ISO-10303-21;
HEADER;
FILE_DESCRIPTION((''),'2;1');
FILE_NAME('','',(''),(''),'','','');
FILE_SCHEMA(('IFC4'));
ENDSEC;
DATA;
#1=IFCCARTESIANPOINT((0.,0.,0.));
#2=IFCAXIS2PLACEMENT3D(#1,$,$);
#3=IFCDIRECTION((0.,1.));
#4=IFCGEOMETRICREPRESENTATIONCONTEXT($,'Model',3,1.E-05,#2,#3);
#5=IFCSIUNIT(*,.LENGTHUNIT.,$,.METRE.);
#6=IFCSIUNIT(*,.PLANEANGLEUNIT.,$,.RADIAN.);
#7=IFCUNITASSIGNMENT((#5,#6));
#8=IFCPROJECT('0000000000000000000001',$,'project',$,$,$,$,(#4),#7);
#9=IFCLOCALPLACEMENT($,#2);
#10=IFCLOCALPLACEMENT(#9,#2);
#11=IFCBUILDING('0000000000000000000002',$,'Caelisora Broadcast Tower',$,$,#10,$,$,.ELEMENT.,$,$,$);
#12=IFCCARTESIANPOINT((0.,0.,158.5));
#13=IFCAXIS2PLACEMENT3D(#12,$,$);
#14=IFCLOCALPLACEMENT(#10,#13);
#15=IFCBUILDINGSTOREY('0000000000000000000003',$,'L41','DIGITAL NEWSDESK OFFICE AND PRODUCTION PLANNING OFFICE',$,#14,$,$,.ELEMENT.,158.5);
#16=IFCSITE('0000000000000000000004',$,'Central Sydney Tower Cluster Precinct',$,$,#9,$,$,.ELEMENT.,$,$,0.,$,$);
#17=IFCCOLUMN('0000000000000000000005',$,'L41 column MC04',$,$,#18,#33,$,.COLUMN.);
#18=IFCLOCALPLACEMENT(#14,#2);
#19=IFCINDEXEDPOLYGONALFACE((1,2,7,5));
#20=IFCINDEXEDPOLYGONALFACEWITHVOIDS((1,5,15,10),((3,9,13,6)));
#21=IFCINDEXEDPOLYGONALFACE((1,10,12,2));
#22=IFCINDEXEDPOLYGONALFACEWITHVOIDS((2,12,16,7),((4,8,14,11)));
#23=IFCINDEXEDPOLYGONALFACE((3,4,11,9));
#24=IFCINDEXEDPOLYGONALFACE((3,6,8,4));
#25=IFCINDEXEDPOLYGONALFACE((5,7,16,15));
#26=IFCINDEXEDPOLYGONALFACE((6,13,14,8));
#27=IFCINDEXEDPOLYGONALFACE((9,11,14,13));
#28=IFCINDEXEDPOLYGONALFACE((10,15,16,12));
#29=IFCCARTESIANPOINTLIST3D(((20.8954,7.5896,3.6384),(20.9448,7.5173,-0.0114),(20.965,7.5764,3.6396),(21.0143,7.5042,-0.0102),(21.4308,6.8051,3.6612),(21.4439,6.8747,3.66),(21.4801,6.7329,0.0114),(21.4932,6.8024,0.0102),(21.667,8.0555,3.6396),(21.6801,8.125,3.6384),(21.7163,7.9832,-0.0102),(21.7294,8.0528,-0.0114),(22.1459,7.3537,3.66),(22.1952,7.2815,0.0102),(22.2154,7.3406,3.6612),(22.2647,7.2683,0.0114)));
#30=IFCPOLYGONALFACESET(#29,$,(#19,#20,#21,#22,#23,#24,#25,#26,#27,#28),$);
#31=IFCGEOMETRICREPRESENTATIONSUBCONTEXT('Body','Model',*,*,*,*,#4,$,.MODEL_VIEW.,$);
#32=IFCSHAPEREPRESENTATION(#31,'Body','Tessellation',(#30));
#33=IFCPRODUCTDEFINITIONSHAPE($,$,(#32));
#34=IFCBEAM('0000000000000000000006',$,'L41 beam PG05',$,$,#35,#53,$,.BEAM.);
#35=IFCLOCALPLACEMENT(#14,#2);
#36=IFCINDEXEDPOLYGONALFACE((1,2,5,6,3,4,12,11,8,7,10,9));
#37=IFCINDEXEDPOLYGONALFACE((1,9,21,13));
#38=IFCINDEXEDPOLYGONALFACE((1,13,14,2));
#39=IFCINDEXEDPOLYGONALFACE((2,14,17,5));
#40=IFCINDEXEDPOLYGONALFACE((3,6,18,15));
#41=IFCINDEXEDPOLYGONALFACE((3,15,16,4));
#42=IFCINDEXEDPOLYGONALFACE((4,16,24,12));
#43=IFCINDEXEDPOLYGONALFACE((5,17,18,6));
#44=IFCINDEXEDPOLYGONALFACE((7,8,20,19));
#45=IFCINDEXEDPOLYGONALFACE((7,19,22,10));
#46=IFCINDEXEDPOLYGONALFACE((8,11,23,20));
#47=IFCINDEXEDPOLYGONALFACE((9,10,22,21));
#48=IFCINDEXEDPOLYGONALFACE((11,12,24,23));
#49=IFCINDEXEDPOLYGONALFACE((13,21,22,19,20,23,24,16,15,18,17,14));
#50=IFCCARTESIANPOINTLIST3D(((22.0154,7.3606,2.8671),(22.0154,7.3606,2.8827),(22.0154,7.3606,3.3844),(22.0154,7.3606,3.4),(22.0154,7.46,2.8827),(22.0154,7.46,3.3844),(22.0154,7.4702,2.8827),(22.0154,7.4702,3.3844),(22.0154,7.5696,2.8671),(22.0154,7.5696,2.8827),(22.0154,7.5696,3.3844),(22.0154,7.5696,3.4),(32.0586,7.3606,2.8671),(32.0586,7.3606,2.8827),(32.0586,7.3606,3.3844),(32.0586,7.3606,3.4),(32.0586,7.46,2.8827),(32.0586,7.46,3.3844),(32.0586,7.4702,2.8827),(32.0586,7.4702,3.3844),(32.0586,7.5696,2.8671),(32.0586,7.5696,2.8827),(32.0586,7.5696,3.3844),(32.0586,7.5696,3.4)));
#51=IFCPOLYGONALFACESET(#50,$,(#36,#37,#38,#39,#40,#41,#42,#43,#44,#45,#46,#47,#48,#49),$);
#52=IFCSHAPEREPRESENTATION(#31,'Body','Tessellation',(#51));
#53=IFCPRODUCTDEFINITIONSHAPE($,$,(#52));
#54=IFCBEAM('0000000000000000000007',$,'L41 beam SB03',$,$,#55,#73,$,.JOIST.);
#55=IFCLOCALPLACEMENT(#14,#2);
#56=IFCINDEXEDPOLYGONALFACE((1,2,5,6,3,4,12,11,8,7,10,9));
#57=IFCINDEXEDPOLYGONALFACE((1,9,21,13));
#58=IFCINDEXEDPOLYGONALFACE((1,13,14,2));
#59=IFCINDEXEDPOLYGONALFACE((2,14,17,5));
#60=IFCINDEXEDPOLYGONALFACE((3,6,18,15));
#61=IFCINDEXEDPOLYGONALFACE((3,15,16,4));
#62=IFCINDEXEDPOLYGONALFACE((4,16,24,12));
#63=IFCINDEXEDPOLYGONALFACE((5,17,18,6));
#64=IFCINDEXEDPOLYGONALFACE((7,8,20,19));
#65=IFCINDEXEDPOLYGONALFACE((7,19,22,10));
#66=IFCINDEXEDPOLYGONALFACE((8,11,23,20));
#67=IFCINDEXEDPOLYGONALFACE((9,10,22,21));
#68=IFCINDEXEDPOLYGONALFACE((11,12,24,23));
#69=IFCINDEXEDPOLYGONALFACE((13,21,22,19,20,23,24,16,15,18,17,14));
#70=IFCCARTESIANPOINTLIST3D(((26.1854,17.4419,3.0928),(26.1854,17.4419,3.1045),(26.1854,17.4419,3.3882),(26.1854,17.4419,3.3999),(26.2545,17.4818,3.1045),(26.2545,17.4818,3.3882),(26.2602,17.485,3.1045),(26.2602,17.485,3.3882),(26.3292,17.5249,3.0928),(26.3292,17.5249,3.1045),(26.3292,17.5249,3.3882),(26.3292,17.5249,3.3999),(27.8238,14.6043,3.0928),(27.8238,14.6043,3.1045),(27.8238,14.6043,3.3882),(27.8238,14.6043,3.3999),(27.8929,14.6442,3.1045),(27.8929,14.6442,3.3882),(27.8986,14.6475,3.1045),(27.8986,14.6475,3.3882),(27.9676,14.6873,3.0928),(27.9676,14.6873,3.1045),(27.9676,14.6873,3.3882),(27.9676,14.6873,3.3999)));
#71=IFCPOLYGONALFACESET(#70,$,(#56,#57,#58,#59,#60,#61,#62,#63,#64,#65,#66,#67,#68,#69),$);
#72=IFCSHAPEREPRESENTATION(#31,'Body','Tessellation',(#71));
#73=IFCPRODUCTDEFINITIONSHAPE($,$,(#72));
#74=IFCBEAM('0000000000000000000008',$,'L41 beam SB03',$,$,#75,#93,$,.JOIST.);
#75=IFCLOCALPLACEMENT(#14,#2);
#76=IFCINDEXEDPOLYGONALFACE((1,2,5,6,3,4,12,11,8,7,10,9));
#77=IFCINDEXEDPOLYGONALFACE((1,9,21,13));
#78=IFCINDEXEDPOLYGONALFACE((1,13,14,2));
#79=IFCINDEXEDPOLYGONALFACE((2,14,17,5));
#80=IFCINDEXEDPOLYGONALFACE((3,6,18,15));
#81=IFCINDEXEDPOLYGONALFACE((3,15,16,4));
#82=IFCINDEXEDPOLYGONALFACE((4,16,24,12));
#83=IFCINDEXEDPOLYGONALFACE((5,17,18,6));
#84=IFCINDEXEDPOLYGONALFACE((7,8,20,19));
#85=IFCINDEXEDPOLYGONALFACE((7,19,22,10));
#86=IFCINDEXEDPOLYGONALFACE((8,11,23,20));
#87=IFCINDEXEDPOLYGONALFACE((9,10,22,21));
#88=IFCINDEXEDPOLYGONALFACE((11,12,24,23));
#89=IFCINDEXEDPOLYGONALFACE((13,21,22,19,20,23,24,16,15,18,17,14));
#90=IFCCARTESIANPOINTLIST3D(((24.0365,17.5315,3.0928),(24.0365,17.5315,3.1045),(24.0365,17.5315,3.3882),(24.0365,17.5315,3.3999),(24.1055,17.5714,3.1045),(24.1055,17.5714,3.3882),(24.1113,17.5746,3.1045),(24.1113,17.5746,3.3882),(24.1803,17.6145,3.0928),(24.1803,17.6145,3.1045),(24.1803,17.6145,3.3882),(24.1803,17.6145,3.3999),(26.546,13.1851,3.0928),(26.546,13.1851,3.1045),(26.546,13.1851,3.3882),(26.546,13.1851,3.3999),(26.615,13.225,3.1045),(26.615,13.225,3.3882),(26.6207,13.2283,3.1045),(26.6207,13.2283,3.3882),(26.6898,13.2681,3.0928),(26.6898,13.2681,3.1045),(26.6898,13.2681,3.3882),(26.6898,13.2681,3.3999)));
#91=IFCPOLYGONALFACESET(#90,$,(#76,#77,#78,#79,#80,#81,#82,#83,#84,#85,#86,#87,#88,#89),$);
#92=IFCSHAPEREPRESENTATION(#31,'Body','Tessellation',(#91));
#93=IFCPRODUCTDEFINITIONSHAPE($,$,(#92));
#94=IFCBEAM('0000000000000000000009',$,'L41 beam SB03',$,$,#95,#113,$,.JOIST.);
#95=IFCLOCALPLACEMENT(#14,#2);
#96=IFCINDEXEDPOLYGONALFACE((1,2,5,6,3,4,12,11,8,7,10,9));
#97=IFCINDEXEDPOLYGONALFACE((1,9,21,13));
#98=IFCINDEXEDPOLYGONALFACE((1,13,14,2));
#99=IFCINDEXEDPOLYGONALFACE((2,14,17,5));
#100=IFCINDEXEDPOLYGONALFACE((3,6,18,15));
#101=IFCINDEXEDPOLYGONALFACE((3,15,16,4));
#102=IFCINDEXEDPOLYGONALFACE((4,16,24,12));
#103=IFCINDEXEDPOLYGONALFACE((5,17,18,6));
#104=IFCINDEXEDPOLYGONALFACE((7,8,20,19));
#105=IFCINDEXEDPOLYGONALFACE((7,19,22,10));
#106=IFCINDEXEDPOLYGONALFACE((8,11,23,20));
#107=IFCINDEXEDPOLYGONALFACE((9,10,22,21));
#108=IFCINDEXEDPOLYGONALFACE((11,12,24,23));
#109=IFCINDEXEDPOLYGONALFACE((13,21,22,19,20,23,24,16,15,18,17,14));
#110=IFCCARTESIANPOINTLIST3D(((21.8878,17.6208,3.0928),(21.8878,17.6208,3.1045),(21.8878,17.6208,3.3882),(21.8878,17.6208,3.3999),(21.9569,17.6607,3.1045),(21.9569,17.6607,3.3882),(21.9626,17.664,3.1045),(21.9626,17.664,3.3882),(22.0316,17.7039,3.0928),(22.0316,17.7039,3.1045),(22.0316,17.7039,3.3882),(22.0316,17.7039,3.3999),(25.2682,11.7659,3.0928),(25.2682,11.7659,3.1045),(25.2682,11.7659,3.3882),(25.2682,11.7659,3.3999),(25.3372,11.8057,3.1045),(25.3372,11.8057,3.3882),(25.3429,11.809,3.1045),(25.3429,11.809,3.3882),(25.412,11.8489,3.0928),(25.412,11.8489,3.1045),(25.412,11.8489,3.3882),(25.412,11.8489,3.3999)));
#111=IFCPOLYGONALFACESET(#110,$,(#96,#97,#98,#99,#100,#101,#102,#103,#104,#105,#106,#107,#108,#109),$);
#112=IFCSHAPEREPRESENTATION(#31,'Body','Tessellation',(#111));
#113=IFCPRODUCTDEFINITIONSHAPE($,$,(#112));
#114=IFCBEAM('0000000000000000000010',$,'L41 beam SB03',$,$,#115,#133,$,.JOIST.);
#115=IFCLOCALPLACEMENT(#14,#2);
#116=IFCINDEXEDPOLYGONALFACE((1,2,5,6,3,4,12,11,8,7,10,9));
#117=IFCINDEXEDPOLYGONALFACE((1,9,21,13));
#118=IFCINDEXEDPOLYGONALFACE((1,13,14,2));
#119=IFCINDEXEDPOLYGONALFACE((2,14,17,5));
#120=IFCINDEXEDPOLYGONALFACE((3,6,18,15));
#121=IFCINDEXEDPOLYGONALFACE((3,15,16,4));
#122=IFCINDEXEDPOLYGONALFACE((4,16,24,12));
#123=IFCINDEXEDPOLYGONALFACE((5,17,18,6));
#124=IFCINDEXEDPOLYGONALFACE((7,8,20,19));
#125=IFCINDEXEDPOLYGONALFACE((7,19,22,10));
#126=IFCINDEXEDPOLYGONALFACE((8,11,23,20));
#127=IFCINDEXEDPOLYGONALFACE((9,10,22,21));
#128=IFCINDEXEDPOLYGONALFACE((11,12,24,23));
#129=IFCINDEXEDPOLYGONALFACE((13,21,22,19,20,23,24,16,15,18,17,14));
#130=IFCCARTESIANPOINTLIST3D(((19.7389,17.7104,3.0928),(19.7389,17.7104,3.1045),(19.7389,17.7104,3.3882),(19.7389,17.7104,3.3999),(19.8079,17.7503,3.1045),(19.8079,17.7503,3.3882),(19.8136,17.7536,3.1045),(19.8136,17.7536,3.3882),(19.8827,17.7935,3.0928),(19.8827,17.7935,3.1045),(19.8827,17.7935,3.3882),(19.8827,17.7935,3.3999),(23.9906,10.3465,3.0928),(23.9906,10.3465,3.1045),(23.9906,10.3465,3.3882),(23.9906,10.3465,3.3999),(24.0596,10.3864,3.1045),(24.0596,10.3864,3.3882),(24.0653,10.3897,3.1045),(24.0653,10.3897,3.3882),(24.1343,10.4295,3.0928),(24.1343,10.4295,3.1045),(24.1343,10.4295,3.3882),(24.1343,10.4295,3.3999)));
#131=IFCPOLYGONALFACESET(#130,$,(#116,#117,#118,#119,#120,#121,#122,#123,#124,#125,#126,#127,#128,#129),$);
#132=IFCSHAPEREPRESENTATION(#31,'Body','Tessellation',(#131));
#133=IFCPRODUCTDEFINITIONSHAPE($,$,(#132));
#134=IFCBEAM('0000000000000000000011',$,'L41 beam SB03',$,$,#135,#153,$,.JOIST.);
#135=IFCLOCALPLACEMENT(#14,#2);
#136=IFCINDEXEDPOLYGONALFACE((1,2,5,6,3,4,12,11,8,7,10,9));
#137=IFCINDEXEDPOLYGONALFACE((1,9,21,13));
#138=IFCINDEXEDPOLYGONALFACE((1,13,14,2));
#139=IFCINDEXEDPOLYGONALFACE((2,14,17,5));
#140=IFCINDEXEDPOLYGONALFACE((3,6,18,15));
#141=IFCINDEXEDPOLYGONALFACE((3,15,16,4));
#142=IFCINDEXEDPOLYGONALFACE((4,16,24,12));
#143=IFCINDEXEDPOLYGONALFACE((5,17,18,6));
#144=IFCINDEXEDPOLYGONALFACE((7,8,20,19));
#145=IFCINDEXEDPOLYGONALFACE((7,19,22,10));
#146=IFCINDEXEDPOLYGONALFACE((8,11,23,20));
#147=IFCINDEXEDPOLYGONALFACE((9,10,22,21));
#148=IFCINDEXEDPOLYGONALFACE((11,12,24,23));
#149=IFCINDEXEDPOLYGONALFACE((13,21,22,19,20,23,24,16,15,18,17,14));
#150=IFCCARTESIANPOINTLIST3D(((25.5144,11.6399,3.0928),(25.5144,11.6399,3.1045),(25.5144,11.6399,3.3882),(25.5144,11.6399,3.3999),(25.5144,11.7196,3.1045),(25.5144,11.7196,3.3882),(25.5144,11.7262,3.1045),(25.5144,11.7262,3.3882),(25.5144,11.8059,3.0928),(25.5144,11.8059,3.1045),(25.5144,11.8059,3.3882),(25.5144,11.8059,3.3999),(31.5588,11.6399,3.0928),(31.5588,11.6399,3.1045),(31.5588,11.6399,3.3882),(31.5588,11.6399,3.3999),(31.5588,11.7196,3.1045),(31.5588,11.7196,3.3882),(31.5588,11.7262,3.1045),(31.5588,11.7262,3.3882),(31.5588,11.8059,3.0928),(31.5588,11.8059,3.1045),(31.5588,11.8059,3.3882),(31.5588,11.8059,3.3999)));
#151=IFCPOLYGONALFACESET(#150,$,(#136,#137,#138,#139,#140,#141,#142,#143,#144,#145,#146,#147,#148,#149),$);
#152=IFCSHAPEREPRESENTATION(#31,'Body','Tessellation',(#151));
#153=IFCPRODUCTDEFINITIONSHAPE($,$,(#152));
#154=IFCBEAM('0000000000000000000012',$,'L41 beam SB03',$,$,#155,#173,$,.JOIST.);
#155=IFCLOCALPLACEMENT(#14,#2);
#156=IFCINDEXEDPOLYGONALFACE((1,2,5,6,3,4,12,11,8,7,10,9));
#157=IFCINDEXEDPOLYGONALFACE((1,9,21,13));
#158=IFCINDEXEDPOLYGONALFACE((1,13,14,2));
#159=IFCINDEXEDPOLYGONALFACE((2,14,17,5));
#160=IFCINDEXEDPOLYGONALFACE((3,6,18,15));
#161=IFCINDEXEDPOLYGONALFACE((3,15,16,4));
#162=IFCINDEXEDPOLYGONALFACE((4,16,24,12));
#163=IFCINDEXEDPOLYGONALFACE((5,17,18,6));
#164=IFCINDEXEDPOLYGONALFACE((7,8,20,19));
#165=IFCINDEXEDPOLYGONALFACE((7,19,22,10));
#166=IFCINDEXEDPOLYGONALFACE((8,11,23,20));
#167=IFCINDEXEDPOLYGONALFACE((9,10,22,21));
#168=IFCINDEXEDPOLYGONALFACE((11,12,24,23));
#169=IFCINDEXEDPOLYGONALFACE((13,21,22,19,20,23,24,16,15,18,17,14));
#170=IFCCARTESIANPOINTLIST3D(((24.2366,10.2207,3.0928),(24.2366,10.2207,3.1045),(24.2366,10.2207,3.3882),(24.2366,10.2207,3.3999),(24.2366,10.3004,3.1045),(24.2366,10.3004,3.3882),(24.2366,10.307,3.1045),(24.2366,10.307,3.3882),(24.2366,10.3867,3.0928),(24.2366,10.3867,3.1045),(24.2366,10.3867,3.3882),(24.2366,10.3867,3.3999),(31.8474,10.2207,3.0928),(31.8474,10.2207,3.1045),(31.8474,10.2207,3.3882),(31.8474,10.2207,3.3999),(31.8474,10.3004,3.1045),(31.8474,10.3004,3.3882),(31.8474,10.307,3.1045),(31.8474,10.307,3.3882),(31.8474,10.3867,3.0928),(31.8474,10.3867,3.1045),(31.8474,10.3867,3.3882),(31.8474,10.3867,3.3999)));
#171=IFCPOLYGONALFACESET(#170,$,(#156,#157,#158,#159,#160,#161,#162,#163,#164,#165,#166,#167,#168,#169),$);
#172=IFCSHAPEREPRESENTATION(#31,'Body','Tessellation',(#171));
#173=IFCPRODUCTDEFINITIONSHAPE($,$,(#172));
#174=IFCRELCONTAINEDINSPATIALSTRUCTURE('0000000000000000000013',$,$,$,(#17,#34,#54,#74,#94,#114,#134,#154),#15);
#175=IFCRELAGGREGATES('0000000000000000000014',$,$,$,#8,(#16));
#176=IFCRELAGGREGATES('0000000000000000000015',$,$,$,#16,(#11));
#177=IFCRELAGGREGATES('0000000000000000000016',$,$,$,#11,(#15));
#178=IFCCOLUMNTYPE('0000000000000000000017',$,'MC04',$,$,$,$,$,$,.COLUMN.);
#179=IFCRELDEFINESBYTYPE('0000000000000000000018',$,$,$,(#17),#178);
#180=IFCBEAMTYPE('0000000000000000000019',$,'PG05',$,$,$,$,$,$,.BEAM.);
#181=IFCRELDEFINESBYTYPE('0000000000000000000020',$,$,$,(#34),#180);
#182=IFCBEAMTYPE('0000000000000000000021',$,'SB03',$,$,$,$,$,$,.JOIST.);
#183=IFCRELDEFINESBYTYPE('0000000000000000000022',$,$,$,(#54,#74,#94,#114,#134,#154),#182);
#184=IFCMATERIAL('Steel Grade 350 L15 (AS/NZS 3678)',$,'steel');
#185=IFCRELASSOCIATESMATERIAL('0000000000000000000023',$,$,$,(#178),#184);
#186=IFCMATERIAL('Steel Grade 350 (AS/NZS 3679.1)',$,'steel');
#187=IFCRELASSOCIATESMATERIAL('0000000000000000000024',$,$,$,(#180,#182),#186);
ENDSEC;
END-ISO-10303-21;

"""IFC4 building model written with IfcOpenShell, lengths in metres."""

from ifc_helpers import new_model, si_unit, direction, frame, origin, origin_2d, place, context, subcontext, project, spatial, hollow_rectangle, i_section, extrude, source, transform, mapped, material, material_profile, profile_set, type_object, type_shapes, element, save


model = new_model("IFC4")

# Units and contexts
model_context = context("Model", 3, precision=1e-05, world=origin(), true_north=direction((0.0, 1.0)))
body_context = subcontext(model_context, "Body", "Model", "MODEL_VIEW")
ifc_project = project(units=[si_unit("LENGTHUNIT", "METRE"), si_unit("PLANEANGLEUNIT", "RADIAN")], contexts=[model_context])

# Site, building, storey
site_placement = place(None, origin())
site = spatial("IfcSite", under=ifc_project, at=site_placement, Name="Central Sydney Tower Cluster Precinct", CompositionType="ELEMENT", RefElevation=0.0)
building_placement = place(site_placement, origin())
building = spatial("IfcBuilding", under=site, at=building_placement, Name="Caelisora Broadcast Tower", CompositionType="ELEMENT")
storey_placement = place(building_placement, frame((0.0, 0.0, 158.5)))
storey = spatial("IfcBuildingStorey", under=building, at=storey_placement, Name="L41", Description="DIGITAL NEWSDESK OFFICE AND PRODUCTION PLANNING OFFICE", CompositionType="ELEMENT", Elevation=158.5)

# Column
ifc_material_1 = material(Name="Steel Grade 350 L15 (AS/NZS 3678)", Category="steel")
ifc_material_profile_1 = material_profile(ifc_material_1, hollow_rectangle(XDim=0.95, YDim=0.95, WallThickness=0.05, at=origin_2d()), Name="Steel Grade 350 L15 (AS/NZS 3678)")
ifc_profile_set_1 = profile_set([ifc_material_profile_1], Name="Steel Grade 350 L15 (AS/NZS 3678)")
column_type = type_object("IfcColumnType", Name="MC04", PredefinedType="COLUMN", material=ifc_profile_set_1)
shared_shape_1 = source(origin(), body_context, "Body", "SweptSolid", [
    extrude(hollow_rectangle(XDim=0.95, YDim=0.95, WallThickness=0.05, at=origin_2d()), origin(), (0.0, 0.0, 1.0), 3.6509),
])
type_shapes(column_type, [shared_shape_1])
column_placement = place(storey_placement, frame((21.6047, 7.3928, 0.0), z_axis=(-0.013508, 0.019794, 0.999713), x_axis=(-0.825991, -0.563683, 0.0)))
element("IfcColumn", 1, at=column_placement, inside=storey, type_object=column_type, Name="L41 column MC04", PredefinedType="COLUMN", context=body_context, shape_type="MappedRepresentation", body=[
    mapped(shared_shape_1, transform((0.0, 0.0, 0.0), scale=1.0)),
])

# Beams
ifc_material_2 = material(Name="Steel Grade 350 (AS/NZS 3679.1)", Category="steel")
ifc_material_profile_2 = material_profile(ifc_material_2, i_section(OverallWidth=0.209, OverallDepth=0.533, WebThickness=0.0103, FlangeThickness=0.0156, at=origin_2d()), Name="Steel Grade 350 (AS/NZS 3679.1)")
ifc_profile_set_2 = profile_set([ifc_material_profile_2], Name="Steel Grade 350 (AS/NZS 3679.1)")
beam_type_1 = type_object("IfcBeamType", Name="PG05", PredefinedType="BEAM", material=ifc_profile_set_2)
shared_shape_2 = source(origin(), body_context, "Body", "SweptSolid", [
    extrude(i_section(OverallWidth=0.209, OverallDepth=0.533, WebThickness=0.0103, FlangeThickness=0.0156, at=origin_2d()), origin(), (0.0, 0.0, 1.0), 10.0432),
])
type_shapes(beam_type_1, [shared_shape_2])
beam_1_placement = place(storey_placement, frame((22.0154, 7.4651, 3.1335), z_axis=(1.0, 0.0, 0.0), x_axis=(0.0, 1.0, 0.0)))
element("IfcBeam", 2, at=beam_1_placement, inside=storey, type_object=beam_type_1, Name="L41 beam PG05", PredefinedType="BEAM", context=body_context, shape_type="MappedRepresentation", body=[
    mapped(shared_shape_2, transform((0.0, 0.0, 0.0), scale=1.0)),
])
ifc_material_profile_3 = material_profile(ifc_material_2, i_section(OverallWidth=0.166, OverallDepth=0.3071, WebThickness=0.0066, FlangeThickness=0.0117, at=origin_2d()), Name="Steel Grade 350 (AS/NZS 3679.1)")
ifc_profile_set_3 = profile_set([ifc_material_profile_3], Name="Steel Grade 350 (AS/NZS 3679.1)")
beam_type_2 = type_object("IfcBeamType", Name="SB03", PredefinedType="JOIST", material=ifc_profile_set_3)
shared_shape_3 = source(origin(), body_context, "Body", "SweptSolid", [
    extrude(i_section(OverallWidth=0.166, OverallDepth=0.3071, WebThickness=0.0066, FlangeThickness=0.0117, at=origin_2d()), origin(), (0.0, 0.0, 1.0), 3.2766),
])
beam_2_placement = place(storey_placement, frame((26.2573, 17.4834, 3.2463), z_axis=(0.500026, -0.866011, 0.0), x_axis=(0.866011, 0.500026, 0.0)))
element("IfcBeam", 3, at=beam_2_placement, inside=storey, type_object=beam_type_2, Name="L41 beam SB03", PredefinedType="JOIST", context=body_context, shape_type="MappedRepresentation", body=[
    mapped(shared_shape_3, transform((0.0, 0.0, 0.0), scale=1.0)),
])
shared_shape_4 = source(origin(), body_context, "Body", "SweptSolid", [
    extrude(i_section(OverallWidth=0.166, OverallDepth=0.3071, WebThickness=0.0066, FlangeThickness=0.0117, at=origin_2d()), origin(), (0.0, 0.0, 1.0), 5.0188),
])
beam_3_placement = place(storey_placement, frame((24.1084, 17.573, 3.2463), z_axis=(0.500016, -0.866016, 0.0), x_axis=(0.866016, 0.500016, 0.0)))
element("IfcBeam", 4, at=beam_3_placement, inside=storey, type_object=beam_type_2, Name="L41 beam SB03", PredefinedType="JOIST", context=body_context, shape_type="MappedRepresentation", body=[
    mapped(shared_shape_4, transform((0.0, 0.0, 0.0), scale=1.0)),
])
shared_shape_5 = source(origin(), body_context, "Body", "SweptSolid", [
    extrude(i_section(OverallWidth=0.166, OverallDepth=0.3071, WebThickness=0.0066, FlangeThickness=0.0117, at=origin_2d()), origin(), (0.0, 0.0, 1.0), 6.7607),
])
beam_4_placement = place(storey_placement, frame((21.9597, 17.6624, 3.2463), z_axis=(0.5, -0.866026, 0.0), x_axis=(0.866026, 0.5, 0.0)))
element("IfcBeam", 5, at=beam_4_placement, inside=storey, type_object=beam_type_2, Name="L41 beam SB03", PredefinedType="JOIST", context=body_context, shape_type="MappedRepresentation", body=[
    mapped(shared_shape_5, transform((0.0, 0.0, 0.0), scale=1.0)),
])
shared_shape_6 = source(origin(), body_context, "Body", "SweptSolid", [
    extrude(i_section(OverallWidth=0.166, OverallDepth=0.3071, WebThickness=0.0066, FlangeThickness=0.0117, at=origin_2d()), origin(), (0.0, 0.0, 1.0), 8.5032),
])
beam_5_placement = place(storey_placement, frame((19.8108, 17.752, 3.2463), z_axis=(0.500008, -0.866021, 0.0), x_axis=(0.866021, 0.500008, 0.0)))
element("IfcBeam", 6, at=beam_5_placement, inside=storey, type_object=beam_type_2, Name="L41 beam SB03", PredefinedType="JOIST", context=body_context, shape_type="MappedRepresentation", body=[
    mapped(shared_shape_6, transform((0.0, 0.0, 0.0), scale=1.0)),
])
shared_shape_7 = source(origin(), body_context, "Body", "SweptSolid", [
    extrude(i_section(OverallWidth=0.166, OverallDepth=0.3071, WebThickness=0.0066, FlangeThickness=0.0117, at=origin_2d()), origin(), (0.0, 0.0, 1.0), 6.0444),
])
beam_6_placement = place(storey_placement, frame((25.5144, 11.7229, 3.2463), z_axis=(1.0, 0.0, 0.0), x_axis=(0.0, 1.0, 0.0)))
element("IfcBeam", 7, at=beam_6_placement, inside=storey, type_object=beam_type_2, Name="L41 beam SB03", PredefinedType="JOIST", context=body_context, shape_type="MappedRepresentation", body=[
    mapped(shared_shape_7, transform((0.0, 0.0, 0.0), scale=1.0)),
])
shared_shape_8 = source(origin(), body_context, "Body", "SweptSolid", [
    extrude(i_section(OverallWidth=0.166, OverallDepth=0.3071, WebThickness=0.0066, FlangeThickness=0.0117, at=origin_2d()), origin(), (0.0, 0.0, 1.0), 7.6108),
])
beam_7_placement = place(storey_placement, frame((24.2366, 10.3037, 3.2463), z_axis=(1.0, 0.0, 0.0), x_axis=(0.0, 1.0, 0.0)))
element("IfcBeam", 8, at=beam_7_placement, inside=storey, type_object=beam_type_2, Name="L41 beam SB03", PredefinedType="JOIST", context=body_context, shape_type="MappedRepresentation", body=[
    mapped(shared_shape_8, transform((0.0, 0.0, 0.0), scale=1.0)),
])

save(model, "model.ifc")
